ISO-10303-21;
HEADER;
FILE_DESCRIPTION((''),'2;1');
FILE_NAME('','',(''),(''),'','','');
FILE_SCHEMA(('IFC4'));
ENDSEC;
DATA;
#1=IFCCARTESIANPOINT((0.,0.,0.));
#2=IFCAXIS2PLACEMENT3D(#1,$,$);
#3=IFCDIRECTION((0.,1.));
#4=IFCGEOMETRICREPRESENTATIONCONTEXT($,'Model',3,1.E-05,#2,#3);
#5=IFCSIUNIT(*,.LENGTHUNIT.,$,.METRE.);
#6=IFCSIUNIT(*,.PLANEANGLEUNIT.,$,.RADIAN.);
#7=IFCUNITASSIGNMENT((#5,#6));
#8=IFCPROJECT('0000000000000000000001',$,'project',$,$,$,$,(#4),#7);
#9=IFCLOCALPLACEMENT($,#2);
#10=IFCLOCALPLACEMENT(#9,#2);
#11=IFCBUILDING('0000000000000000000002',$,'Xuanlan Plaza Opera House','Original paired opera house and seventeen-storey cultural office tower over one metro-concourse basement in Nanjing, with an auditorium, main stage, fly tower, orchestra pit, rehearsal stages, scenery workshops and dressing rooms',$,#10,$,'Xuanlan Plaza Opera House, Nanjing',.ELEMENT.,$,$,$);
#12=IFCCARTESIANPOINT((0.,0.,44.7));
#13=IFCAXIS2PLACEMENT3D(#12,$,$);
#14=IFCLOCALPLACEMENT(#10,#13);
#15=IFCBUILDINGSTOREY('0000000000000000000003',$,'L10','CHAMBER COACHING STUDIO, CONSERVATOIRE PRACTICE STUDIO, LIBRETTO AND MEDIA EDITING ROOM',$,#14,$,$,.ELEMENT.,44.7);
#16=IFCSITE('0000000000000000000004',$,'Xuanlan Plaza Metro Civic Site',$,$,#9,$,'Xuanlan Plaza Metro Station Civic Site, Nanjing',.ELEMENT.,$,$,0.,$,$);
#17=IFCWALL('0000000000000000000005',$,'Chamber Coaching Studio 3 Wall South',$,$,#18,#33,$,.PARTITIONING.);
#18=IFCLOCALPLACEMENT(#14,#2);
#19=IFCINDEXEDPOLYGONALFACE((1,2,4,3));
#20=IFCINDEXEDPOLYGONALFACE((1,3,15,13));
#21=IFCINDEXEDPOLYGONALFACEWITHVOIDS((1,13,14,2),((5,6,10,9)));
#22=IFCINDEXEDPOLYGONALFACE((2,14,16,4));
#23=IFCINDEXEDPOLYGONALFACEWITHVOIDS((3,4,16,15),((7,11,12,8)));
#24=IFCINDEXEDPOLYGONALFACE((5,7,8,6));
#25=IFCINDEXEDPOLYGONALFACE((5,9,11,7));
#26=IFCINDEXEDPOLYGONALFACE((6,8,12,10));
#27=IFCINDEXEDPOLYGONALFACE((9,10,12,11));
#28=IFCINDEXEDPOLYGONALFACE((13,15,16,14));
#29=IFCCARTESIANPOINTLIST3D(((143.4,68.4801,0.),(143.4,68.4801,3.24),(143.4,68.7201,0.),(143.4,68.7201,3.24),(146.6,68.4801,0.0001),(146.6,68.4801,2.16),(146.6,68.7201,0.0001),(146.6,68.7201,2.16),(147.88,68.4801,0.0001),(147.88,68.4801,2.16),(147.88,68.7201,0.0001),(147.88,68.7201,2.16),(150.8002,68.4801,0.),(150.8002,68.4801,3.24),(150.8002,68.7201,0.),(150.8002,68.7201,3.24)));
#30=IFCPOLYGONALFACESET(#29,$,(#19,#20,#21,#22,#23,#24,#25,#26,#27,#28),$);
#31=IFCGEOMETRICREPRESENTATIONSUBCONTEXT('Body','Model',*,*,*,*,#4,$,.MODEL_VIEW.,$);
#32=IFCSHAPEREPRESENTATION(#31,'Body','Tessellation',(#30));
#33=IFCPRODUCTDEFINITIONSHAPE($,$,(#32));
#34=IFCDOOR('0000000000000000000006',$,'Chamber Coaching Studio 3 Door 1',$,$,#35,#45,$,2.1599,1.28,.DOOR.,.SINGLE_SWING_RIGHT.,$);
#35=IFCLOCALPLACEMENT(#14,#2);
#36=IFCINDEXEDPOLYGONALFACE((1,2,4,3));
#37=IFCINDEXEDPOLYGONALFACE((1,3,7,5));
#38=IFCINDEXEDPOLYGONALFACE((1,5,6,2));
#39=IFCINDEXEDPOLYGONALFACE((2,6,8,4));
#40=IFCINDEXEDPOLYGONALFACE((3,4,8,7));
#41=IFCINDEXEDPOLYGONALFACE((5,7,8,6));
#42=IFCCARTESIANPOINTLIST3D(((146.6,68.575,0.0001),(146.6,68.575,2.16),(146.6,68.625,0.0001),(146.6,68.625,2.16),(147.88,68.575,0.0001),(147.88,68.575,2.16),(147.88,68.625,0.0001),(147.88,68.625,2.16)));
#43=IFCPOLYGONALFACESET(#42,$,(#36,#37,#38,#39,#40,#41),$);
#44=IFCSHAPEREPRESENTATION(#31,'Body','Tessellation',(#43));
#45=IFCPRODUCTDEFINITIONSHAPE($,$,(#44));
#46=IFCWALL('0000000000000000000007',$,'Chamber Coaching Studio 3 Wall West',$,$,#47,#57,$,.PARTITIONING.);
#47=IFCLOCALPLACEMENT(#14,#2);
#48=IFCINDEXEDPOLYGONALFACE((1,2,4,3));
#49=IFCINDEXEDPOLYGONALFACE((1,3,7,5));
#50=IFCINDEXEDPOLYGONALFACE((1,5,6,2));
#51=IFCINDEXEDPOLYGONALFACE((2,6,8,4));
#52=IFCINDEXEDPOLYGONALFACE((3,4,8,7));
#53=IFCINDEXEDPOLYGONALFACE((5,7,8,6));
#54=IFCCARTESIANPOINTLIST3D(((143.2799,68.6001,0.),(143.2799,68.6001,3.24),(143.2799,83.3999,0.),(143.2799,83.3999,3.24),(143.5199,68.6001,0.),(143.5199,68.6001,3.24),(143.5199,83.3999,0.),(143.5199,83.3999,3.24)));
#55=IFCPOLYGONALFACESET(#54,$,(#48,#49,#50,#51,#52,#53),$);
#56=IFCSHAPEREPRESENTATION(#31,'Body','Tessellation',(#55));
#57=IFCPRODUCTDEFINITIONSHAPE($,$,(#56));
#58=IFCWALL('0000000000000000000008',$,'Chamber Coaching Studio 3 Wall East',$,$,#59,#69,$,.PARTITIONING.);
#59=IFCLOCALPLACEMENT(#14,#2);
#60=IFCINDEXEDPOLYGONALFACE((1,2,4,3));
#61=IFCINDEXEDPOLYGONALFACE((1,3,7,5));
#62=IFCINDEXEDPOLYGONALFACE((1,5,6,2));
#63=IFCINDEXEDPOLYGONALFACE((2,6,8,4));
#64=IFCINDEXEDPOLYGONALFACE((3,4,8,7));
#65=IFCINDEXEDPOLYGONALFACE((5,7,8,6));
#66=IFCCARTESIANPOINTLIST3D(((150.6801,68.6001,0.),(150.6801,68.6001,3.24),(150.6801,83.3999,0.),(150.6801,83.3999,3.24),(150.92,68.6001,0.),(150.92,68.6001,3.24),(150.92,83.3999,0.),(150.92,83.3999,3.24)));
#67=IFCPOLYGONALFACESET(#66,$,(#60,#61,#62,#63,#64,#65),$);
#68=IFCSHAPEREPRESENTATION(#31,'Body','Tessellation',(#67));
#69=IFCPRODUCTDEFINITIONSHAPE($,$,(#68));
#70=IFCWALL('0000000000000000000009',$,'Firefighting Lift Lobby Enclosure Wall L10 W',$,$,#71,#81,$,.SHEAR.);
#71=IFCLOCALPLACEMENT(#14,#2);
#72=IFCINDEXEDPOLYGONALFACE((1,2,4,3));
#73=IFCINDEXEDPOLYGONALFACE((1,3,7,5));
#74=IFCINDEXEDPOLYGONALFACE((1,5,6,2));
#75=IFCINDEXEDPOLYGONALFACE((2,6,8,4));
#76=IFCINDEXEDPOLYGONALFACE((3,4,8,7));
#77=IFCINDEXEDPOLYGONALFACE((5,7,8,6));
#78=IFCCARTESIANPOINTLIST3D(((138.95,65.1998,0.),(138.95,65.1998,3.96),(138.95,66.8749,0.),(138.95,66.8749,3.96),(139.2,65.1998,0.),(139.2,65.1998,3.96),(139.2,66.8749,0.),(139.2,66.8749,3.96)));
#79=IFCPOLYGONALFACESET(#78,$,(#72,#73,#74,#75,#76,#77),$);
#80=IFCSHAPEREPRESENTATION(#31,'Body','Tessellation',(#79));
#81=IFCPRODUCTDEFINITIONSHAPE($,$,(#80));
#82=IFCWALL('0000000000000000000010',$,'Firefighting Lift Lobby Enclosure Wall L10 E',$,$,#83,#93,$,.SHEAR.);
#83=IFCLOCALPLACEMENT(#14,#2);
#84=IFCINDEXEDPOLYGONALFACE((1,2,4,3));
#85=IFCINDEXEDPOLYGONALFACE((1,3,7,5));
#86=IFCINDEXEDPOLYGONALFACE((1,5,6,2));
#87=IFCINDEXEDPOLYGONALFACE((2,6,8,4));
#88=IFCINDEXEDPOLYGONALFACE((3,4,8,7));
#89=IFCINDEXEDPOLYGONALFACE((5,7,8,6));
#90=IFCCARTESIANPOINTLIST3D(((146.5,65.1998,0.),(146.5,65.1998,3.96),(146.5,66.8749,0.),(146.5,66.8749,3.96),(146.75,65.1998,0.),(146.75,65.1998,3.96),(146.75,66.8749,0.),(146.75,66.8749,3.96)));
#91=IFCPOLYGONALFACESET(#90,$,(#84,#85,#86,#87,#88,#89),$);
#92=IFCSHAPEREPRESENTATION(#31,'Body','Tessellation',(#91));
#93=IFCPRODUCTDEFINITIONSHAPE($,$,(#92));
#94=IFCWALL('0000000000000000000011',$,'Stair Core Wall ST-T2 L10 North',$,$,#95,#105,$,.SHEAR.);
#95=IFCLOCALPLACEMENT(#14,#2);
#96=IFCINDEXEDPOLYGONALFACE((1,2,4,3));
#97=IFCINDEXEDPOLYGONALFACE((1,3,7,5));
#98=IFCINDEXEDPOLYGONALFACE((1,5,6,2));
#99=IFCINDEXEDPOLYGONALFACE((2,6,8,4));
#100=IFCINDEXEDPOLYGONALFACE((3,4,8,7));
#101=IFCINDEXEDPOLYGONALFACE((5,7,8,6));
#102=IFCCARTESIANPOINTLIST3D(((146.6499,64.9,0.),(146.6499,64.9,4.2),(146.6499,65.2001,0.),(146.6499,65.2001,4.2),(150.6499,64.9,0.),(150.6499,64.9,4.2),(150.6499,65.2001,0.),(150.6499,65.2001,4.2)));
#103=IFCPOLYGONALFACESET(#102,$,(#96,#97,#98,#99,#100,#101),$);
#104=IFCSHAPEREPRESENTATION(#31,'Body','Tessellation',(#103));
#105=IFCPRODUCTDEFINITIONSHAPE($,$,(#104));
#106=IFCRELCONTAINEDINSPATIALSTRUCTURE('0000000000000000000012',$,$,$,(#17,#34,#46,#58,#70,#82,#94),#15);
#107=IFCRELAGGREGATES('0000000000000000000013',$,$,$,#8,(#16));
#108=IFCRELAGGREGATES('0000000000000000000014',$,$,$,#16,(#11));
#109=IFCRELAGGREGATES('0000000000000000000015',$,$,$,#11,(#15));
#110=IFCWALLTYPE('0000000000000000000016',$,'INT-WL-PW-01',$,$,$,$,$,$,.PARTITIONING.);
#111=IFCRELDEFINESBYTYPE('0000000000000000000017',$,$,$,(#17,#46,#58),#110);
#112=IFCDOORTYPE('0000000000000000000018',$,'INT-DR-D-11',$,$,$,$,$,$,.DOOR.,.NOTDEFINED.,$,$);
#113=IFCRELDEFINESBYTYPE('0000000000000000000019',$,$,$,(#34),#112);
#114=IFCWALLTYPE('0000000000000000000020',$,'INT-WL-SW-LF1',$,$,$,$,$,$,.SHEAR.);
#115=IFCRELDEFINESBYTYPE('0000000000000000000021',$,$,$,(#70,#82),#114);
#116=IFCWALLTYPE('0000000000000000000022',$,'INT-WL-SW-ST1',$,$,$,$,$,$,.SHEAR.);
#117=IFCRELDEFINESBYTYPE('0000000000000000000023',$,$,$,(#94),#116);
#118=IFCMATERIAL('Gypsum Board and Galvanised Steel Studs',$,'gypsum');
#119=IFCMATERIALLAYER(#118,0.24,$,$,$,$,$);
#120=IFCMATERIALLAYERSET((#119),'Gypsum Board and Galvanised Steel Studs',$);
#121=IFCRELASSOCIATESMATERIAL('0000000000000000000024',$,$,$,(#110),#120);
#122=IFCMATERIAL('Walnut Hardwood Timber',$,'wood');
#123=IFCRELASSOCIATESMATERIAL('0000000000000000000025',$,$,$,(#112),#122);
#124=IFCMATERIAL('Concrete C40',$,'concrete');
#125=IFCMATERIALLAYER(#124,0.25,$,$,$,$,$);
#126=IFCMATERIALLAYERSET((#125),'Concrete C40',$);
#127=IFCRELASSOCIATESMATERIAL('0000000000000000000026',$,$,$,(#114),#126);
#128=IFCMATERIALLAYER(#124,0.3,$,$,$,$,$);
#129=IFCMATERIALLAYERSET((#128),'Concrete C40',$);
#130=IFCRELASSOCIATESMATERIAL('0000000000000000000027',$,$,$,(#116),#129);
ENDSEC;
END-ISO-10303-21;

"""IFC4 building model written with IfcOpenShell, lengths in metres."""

from ifc_helpers import new_model, si_unit, direction, frame, frame_2d, origin, place, context, subcontext, project, spatial, rectangle, extrude, material, layer, layer_set, type_object, element, fill, save


model = new_model("IFC4")

# Units and contexts
model_context = context("Model", 3, precision=1e-05, world=origin(), true_north=direction((0.0, 1.0)))
body_context = subcontext(model_context, "Body", "Model", "MODEL_VIEW")
ifc_project = project(units=[si_unit("LENGTHUNIT", "METRE"), si_unit("PLANEANGLEUNIT", "RADIAN")], contexts=[model_context])

# Site, building, storey
site_placement = place(None, origin())
site = spatial("IfcSite", under=ifc_project, at=site_placement, Name="Xuanlan Plaza Metro Civic Site", LongName="Xuanlan Plaza Metro Station Civic Site, Nanjing", CompositionType="ELEMENT", RefElevation=0.0)
building_placement = place(site_placement, origin())
building = spatial("IfcBuilding", under=site, at=building_placement, Name="Xuanlan Plaza Opera House", Description="Original paired opera house and seventeen-storey cultural office tower over one metro-concourse basement in Nanjing, with an auditorium, main stage, fly tower, orchestra pit, rehearsal stages, scenery workshops and dressing rooms", LongName="Xuanlan Plaza Opera House, Nanjing", CompositionType="ELEMENT")
storey_placement = place(building_placement, frame((0.0, 0.0, 44.7)))
storey = spatial("IfcBuildingStorey", under=building, at=storey_placement, Name="L10", Description="CHAMBER COACHING STUDIO, CONSERVATOIRE PRACTICE STUDIO, LIBRETTO AND MEDIA EDITING ROOM", CompositionType="ELEMENT", Elevation=44.7)

# Shared definitions
ifc_material_1 = material(Name="Concrete C40", Category="concrete")

# Shared definitions
ifc_material_2 = material(Name="Gypsum Board and Galvanised Steel Studs", Category="gypsum")
ifc_layer_1 = layer(ifc_material_2, 0.24)
ifc_layer_set_1 = layer_set([ifc_layer_1], Name="Gypsum Board and Galvanised Steel Studs")
wall_type_1 = type_object("IfcWallType", Name="INT-WL-PW-01", PredefinedType="PARTITIONING", material=ifc_layer_set_1)

# Wall, opening, door
wall_1_placement = place(storey_placement, frame((143.3999, 68.6001, 0.0), z_axis=(0.0, 0.0, 1.0), x_axis=(1.0, 0.0, 0.0)))
wall_1 = element("IfcWall", 1, at=wall_1_placement, inside=storey, type_object=wall_type_1, Name="Chamber Coaching Studio 3 Wall South", PredefinedType="PARTITIONING", context=body_context, shape_type="SweptSolid", body=[
    extrude(rectangle(XDim=7.4001, YDim=0.24, at=frame_2d((3.7002, 0.0))), origin(), (0.0, 0.0, 1.0), 3.24),
])
opening_1_placement = place(wall_1_placement, frame((3.2, 0.0, 0.0)))
opening_1 = element("IfcOpeningElement", 2, at=opening_1_placement, cuts=wall_1, PredefinedType="OPENING", context=body_context, shape_type="SweptSolid", body=[
    extrude(rectangle(XDim=1.28, YDim=2.1599, at=frame_2d((0.6401, 1.0801))), frame((0.0, 0.1299, 0.0), z_axis=(0.0, -1.0, 0.0), x_axis=(1.0, 0.0, 0.0)), (0.0, 0.0, 1.0), 0.26),
])
ifc_material_3 = material(Name="Walnut Hardwood Timber", Category="wood")
door_type_1 = type_object("IfcDoorType", Name="INT-DR-D-11", OperationType="NOTDEFINED", PredefinedType="DOOR", material=ifc_material_3)
door_1_placement = place(opening_1_placement, origin())
door_1 = element("IfcDoor", 3, at=door_1_placement, inside=storey, type_object=door_type_1, Name="Chamber Coaching Studio 3 Door 1", OperationType="SINGLE_SWING_RIGHT", OverallHeight=2.1599, OverallWidth=1.28, PredefinedType="DOOR", context=body_context, shape_type="SweptSolid", body=[
    extrude(rectangle(XDim=1.28, YDim=2.1599, at=frame_2d((0.6401, 1.0801))), frame((0.0, 0.0249, 0.0), z_axis=(0.0, -1.0, 0.0), x_axis=(1.0, 0.0, 0.0)), (0.0, 0.0, 1.0), 0.05),
])
fill(opening_1, door_1)

# Walls
for number, where, z_axis, x_axis, name in (
    (4, (143.3999, 68.6001, 0.0), (0.0, 0.0, 1.0), (0.0, 1.0, 0.0), "Chamber Coaching Studio 3 Wall West"),
    (5, (150.8, 68.6001, 0.0), (0.0, 0.0, 1.0), (0.0, 1.0, 0.0), "Chamber Coaching Studio 3 Wall East"),
):
    element("IfcWall", number, at=place(storey_placement, frame(where, z_axis=z_axis, x_axis=x_axis)), inside=storey, type_object=wall_type_1, Name=name, PredefinedType="PARTITIONING", context=body_context, shape_type="SweptSolid", body=[
        extrude(rectangle(XDim=14.7998, YDim=0.24, at=frame_2d((7.3999, 0.0))), origin(), (0.0, 0.0, 1.0), 3.24),
    ])
ifc_layer_2 = layer(ifc_material_1, 0.25)
ifc_layer_set_2 = layer_set([ifc_layer_2], Name="Concrete C40")
wall_type_2 = type_object("IfcWallType", Name="INT-WL-SW-LF1", PredefinedType="SHEAR", material=ifc_layer_set_2)
for number, where, z_axis, x_axis, name in (
    (6, (139.075, 65.2, 0.0), (0.0, 0.0, 1.0), (0.0, 1.0, 0.0), "Firefighting Lift Lobby Enclosure Wall L10 W"),
    (7, (146.625, 65.2, 0.0), (0.0, 0.0, 1.0), (0.0, 1.0, 0.0), "Firefighting Lift Lobby Enclosure Wall L10 E"),
):
    element("IfcWall", number, at=place(storey_placement, frame(where, z_axis=z_axis, x_axis=x_axis)), inside=storey, type_object=wall_type_2, Name=name, PredefinedType="SHEAR", context=body_context, shape_type="SweptSolid", body=[
        extrude(rectangle(XDim=1.675, YDim=0.25, at=frame_2d((0.8374, 0.0))), origin(), (0.0, 0.0, 1.0), 3.96),
    ])

# Wall
ifc_layer_3 = layer(ifc_material_1, 0.3)
ifc_layer_set_3 = layer_set([ifc_layer_3], Name="Concrete C40")
wall_type_3 = type_object("IfcWallType", Name="INT-WL-SW-ST1", PredefinedType="SHEAR", material=ifc_layer_set_3)
wall_2_placement = place(storey_placement, frame((146.6499, 65.05, 0.0), z_axis=(0.0, 0.0, 1.0), x_axis=(1.0, 0.0, 0.0)))
element("IfcWall", 8, at=wall_2_placement, inside=storey, type_object=wall_type_3, Name="Stair Core Wall ST-T2 L10 North", PredefinedType="SHEAR", context=body_context, shape_type="SweptSolid", body=[
    extrude(rectangle(XDim=4.0, YDim=0.3, at=frame_2d((2.0, 0.0))), origin(), (0.0, 0.0, 1.0), 4.2),
])

save(model, "model.ifc")
